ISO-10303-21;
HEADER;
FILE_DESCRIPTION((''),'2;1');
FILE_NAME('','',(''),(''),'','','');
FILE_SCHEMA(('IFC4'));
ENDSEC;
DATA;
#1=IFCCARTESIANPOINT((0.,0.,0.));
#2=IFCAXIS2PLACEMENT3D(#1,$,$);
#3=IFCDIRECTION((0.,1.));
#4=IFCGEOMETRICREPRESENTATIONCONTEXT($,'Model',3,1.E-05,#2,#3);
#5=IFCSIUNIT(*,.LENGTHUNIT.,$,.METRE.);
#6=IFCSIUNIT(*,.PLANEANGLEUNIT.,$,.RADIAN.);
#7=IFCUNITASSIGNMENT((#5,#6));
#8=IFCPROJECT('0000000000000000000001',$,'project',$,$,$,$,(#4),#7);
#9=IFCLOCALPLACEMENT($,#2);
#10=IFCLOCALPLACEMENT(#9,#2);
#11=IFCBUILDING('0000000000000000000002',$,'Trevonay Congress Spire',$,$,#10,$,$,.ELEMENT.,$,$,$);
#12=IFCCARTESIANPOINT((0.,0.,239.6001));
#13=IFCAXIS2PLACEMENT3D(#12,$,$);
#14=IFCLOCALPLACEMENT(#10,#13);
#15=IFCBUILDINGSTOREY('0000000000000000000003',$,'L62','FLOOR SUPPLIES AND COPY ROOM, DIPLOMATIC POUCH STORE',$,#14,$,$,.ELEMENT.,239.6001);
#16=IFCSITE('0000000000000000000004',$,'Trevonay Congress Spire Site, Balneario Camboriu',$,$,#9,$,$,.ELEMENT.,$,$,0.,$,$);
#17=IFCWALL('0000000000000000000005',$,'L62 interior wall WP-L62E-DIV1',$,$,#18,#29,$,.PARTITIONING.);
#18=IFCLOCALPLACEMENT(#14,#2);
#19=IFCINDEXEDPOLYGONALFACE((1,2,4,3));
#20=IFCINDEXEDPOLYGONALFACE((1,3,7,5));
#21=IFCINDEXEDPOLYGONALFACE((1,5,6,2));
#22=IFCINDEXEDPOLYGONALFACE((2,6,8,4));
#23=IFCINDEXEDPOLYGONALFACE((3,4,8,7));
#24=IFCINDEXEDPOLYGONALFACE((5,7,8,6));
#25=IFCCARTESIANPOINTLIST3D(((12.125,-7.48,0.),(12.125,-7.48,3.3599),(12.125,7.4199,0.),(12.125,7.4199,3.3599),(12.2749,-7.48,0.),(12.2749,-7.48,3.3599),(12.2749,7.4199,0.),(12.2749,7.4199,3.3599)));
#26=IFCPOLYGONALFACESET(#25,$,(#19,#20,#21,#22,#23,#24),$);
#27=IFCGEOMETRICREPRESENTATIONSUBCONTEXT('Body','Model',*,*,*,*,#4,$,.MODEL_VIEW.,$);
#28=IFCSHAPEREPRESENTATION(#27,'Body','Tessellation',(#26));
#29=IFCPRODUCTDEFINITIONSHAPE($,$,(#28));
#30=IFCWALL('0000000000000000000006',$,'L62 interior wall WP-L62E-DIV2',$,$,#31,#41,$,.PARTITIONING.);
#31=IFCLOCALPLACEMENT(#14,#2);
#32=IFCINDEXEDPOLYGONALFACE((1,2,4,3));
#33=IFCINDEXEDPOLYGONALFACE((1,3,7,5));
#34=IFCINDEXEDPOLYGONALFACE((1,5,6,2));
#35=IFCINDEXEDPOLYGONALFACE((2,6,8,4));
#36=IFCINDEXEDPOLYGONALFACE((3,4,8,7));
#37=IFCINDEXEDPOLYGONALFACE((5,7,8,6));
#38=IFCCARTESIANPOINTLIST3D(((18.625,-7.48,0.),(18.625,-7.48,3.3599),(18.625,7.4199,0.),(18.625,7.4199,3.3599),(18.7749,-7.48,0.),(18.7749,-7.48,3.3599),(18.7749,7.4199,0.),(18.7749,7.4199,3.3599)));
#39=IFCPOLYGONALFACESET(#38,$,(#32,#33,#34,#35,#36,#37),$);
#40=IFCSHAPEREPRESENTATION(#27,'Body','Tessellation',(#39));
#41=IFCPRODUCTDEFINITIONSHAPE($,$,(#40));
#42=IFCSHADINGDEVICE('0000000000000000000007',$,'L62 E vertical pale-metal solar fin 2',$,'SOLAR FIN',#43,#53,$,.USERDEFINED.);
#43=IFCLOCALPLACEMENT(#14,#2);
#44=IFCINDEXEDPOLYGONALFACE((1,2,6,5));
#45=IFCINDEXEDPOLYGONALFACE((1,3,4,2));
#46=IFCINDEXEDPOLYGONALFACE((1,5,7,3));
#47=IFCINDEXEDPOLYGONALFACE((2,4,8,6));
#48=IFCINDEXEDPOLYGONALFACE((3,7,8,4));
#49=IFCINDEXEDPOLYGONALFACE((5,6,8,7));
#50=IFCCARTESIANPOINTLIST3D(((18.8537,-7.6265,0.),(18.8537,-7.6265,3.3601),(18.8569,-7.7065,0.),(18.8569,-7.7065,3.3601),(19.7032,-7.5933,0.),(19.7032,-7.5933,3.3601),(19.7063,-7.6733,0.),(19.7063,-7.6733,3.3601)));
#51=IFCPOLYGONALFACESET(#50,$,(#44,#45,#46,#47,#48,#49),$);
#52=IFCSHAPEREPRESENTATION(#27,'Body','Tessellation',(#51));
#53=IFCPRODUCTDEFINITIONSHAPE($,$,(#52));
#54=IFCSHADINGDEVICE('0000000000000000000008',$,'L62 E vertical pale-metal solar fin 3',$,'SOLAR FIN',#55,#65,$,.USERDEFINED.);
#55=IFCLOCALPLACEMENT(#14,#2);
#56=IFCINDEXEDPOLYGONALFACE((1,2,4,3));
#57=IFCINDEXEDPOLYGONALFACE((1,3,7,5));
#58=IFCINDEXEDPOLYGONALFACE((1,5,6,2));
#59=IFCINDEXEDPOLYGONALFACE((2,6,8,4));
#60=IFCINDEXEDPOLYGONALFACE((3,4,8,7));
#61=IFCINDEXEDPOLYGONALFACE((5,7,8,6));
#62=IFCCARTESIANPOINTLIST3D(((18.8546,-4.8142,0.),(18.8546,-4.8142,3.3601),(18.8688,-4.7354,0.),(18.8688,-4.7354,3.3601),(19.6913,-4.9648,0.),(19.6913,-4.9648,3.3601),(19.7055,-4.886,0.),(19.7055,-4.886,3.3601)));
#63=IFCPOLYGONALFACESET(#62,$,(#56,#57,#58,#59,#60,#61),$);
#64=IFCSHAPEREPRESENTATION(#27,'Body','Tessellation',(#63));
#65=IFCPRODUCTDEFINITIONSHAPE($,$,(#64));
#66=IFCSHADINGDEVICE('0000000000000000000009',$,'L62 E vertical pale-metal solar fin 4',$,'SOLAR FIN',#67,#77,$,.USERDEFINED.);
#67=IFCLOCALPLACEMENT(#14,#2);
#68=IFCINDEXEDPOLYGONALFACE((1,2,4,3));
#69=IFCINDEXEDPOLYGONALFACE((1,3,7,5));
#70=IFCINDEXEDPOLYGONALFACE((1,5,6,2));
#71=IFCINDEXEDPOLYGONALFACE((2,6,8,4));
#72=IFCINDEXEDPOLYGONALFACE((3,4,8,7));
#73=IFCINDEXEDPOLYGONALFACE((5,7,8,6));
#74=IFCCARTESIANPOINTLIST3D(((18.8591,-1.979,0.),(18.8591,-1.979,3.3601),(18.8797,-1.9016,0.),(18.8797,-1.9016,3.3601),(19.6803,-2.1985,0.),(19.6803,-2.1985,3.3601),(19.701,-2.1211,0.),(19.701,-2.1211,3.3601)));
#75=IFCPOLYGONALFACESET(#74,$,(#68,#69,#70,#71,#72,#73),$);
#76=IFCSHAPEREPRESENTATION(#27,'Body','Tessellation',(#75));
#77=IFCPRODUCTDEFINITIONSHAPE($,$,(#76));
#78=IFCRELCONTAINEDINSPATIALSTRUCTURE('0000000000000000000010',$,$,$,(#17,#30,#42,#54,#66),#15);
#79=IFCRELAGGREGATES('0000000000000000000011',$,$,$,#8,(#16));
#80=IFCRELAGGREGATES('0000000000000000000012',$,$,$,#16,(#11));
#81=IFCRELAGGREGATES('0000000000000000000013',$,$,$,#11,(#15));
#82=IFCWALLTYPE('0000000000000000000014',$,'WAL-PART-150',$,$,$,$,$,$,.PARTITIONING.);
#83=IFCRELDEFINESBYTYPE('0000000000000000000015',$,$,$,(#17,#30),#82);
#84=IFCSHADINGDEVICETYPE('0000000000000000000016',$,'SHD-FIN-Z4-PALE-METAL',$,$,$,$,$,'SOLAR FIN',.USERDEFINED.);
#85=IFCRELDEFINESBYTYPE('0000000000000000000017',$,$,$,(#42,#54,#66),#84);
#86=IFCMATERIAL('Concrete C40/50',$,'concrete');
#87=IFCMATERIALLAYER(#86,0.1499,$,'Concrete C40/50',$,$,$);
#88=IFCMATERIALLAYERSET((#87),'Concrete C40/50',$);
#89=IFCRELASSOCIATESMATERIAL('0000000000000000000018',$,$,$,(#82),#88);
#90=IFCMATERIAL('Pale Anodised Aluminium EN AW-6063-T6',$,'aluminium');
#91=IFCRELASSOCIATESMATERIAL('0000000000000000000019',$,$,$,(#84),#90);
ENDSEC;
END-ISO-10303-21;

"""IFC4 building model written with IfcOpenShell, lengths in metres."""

from ifc_helpers import new_model, si_unit, direction, frame, frame_2d, origin, origin_2d, place, context, subcontext, project, spatial, rectangle, extrude, material, layer, layer_set, type_object, element, save


model = new_model("IFC4")

# Units and contexts
model_context = context("Model", 3, precision=1e-05, world=origin(), true_north=direction((0.0, 1.0)))
body_context = subcontext(model_context, "Body", "Model", "MODEL_VIEW")
ifc_project = project(units=[si_unit("LENGTHUNIT", "METRE"), si_unit("PLANEANGLEUNIT", "RADIAN")], contexts=[model_context])

# Site, building, storey
site_placement = place(None, origin())
site = spatial("IfcSite", under=ifc_project, at=site_placement, Name="Trevonay Congress Spire Site, Balneario Camboriu", CompositionType="ELEMENT", RefElevation=0.0)
building_placement = place(site_placement, origin())
building = spatial("IfcBuilding", under=site, at=building_placement, Name="Trevonay Congress Spire", CompositionType="ELEMENT")
storey_placement = place(building_placement, frame((0.0, 0.0, 239.6001)))
storey = spatial("IfcBuildingStorey", under=building, at=storey_placement, Name="L62", Description="FLOOR SUPPLIES AND COPY ROOM, DIPLOMATIC POUCH STORE", CompositionType="ELEMENT", Elevation=239.6001)

# Shared definitions
ifc_material_1 = material(Name="Pale Anodised Aluminium EN AW-6063-T6", Category="aluminium")

# Shared definitions
ifc_material_2 = material(Name="Concrete C40/50", Category="concrete")

# Walls
ifc_layer_1 = layer(ifc_material_2, 0.1499, Name="Concrete C40/50")
ifc_layer_set_1 = layer_set([ifc_layer_1], Name="Concrete C40/50")
wall_type_1 = type_object("IfcWallType", Name="WAL-PART-150", PredefinedType="PARTITIONING", material=ifc_layer_set_1)
for number, where, z_axis, x_axis, name in (
    (1, (12.2, -7.48, 0.0), (0.0, 0.0, 1.0), (0.0, 1.0, 0.0), "L62 interior wall WP-L62E-DIV1"),
    (2, (18.7, -7.48, 0.0), (0.0, 0.0, 1.0), (0.0, 1.0, 0.0), "L62 interior wall WP-L62E-DIV2"),
):
    element("IfcWall", number, at=place(storey_placement, frame(where, z_axis=z_axis, x_axis=x_axis)), inside=storey, type_object=wall_type_1, Name=name, PredefinedType="PARTITIONING", context=body_context, shape_type="SweptSolid", body=[
        extrude(rectangle(XDim=14.8999, YDim=0.1499, at=frame_2d((7.45, 0.0))), origin(), (0.0, 0.0, 1.0), 3.3599),
    ])

# Shading devices
shading_device_type = type_object("IfcShadingDeviceType", Name="SHD-FIN-Z4-PALE-METAL", ElementType="SOLAR FIN", PredefinedType="USERDEFINED", material=ifc_material_1)
for number, where, z_axis, x_axis, name in (
    (3, (19.28, -7.6499, 0.0), (0.0, 0.0, 1.0), (-0.039085, 0.999236, 0.0), "L62 E vertical pale-metal solar fin 2"),
    (4, (19.28, -4.8501, 0.0), (0.0, 0.0, 1.0), (0.177085, 0.984196, 0.0), "L62 E vertical pale-metal solar fin 3"),
    (5, (19.28, -2.05, 0.0), (0.0, 0.0, 1.0), (0.258145, 0.966106, 0.0), "L62 E vertical pale-metal solar fin 4"),
):
    element("IfcShadingDevice", number, at=place(storey_placement, frame(where, z_axis=z_axis, x_axis=x_axis)), inside=storey, type_object=shading_device_type, Name=name, ObjectType="SOLAR FIN", PredefinedType="USERDEFINED", context=body_context, shape_type="SweptSolid", body=[
        extrude(rectangle(XDim=0.0801, YDim=0.8501, at=origin_2d()), origin(), (0.0, 0.0, 1.0), 3.3601),
    ])

save(model, "model.ifc")
